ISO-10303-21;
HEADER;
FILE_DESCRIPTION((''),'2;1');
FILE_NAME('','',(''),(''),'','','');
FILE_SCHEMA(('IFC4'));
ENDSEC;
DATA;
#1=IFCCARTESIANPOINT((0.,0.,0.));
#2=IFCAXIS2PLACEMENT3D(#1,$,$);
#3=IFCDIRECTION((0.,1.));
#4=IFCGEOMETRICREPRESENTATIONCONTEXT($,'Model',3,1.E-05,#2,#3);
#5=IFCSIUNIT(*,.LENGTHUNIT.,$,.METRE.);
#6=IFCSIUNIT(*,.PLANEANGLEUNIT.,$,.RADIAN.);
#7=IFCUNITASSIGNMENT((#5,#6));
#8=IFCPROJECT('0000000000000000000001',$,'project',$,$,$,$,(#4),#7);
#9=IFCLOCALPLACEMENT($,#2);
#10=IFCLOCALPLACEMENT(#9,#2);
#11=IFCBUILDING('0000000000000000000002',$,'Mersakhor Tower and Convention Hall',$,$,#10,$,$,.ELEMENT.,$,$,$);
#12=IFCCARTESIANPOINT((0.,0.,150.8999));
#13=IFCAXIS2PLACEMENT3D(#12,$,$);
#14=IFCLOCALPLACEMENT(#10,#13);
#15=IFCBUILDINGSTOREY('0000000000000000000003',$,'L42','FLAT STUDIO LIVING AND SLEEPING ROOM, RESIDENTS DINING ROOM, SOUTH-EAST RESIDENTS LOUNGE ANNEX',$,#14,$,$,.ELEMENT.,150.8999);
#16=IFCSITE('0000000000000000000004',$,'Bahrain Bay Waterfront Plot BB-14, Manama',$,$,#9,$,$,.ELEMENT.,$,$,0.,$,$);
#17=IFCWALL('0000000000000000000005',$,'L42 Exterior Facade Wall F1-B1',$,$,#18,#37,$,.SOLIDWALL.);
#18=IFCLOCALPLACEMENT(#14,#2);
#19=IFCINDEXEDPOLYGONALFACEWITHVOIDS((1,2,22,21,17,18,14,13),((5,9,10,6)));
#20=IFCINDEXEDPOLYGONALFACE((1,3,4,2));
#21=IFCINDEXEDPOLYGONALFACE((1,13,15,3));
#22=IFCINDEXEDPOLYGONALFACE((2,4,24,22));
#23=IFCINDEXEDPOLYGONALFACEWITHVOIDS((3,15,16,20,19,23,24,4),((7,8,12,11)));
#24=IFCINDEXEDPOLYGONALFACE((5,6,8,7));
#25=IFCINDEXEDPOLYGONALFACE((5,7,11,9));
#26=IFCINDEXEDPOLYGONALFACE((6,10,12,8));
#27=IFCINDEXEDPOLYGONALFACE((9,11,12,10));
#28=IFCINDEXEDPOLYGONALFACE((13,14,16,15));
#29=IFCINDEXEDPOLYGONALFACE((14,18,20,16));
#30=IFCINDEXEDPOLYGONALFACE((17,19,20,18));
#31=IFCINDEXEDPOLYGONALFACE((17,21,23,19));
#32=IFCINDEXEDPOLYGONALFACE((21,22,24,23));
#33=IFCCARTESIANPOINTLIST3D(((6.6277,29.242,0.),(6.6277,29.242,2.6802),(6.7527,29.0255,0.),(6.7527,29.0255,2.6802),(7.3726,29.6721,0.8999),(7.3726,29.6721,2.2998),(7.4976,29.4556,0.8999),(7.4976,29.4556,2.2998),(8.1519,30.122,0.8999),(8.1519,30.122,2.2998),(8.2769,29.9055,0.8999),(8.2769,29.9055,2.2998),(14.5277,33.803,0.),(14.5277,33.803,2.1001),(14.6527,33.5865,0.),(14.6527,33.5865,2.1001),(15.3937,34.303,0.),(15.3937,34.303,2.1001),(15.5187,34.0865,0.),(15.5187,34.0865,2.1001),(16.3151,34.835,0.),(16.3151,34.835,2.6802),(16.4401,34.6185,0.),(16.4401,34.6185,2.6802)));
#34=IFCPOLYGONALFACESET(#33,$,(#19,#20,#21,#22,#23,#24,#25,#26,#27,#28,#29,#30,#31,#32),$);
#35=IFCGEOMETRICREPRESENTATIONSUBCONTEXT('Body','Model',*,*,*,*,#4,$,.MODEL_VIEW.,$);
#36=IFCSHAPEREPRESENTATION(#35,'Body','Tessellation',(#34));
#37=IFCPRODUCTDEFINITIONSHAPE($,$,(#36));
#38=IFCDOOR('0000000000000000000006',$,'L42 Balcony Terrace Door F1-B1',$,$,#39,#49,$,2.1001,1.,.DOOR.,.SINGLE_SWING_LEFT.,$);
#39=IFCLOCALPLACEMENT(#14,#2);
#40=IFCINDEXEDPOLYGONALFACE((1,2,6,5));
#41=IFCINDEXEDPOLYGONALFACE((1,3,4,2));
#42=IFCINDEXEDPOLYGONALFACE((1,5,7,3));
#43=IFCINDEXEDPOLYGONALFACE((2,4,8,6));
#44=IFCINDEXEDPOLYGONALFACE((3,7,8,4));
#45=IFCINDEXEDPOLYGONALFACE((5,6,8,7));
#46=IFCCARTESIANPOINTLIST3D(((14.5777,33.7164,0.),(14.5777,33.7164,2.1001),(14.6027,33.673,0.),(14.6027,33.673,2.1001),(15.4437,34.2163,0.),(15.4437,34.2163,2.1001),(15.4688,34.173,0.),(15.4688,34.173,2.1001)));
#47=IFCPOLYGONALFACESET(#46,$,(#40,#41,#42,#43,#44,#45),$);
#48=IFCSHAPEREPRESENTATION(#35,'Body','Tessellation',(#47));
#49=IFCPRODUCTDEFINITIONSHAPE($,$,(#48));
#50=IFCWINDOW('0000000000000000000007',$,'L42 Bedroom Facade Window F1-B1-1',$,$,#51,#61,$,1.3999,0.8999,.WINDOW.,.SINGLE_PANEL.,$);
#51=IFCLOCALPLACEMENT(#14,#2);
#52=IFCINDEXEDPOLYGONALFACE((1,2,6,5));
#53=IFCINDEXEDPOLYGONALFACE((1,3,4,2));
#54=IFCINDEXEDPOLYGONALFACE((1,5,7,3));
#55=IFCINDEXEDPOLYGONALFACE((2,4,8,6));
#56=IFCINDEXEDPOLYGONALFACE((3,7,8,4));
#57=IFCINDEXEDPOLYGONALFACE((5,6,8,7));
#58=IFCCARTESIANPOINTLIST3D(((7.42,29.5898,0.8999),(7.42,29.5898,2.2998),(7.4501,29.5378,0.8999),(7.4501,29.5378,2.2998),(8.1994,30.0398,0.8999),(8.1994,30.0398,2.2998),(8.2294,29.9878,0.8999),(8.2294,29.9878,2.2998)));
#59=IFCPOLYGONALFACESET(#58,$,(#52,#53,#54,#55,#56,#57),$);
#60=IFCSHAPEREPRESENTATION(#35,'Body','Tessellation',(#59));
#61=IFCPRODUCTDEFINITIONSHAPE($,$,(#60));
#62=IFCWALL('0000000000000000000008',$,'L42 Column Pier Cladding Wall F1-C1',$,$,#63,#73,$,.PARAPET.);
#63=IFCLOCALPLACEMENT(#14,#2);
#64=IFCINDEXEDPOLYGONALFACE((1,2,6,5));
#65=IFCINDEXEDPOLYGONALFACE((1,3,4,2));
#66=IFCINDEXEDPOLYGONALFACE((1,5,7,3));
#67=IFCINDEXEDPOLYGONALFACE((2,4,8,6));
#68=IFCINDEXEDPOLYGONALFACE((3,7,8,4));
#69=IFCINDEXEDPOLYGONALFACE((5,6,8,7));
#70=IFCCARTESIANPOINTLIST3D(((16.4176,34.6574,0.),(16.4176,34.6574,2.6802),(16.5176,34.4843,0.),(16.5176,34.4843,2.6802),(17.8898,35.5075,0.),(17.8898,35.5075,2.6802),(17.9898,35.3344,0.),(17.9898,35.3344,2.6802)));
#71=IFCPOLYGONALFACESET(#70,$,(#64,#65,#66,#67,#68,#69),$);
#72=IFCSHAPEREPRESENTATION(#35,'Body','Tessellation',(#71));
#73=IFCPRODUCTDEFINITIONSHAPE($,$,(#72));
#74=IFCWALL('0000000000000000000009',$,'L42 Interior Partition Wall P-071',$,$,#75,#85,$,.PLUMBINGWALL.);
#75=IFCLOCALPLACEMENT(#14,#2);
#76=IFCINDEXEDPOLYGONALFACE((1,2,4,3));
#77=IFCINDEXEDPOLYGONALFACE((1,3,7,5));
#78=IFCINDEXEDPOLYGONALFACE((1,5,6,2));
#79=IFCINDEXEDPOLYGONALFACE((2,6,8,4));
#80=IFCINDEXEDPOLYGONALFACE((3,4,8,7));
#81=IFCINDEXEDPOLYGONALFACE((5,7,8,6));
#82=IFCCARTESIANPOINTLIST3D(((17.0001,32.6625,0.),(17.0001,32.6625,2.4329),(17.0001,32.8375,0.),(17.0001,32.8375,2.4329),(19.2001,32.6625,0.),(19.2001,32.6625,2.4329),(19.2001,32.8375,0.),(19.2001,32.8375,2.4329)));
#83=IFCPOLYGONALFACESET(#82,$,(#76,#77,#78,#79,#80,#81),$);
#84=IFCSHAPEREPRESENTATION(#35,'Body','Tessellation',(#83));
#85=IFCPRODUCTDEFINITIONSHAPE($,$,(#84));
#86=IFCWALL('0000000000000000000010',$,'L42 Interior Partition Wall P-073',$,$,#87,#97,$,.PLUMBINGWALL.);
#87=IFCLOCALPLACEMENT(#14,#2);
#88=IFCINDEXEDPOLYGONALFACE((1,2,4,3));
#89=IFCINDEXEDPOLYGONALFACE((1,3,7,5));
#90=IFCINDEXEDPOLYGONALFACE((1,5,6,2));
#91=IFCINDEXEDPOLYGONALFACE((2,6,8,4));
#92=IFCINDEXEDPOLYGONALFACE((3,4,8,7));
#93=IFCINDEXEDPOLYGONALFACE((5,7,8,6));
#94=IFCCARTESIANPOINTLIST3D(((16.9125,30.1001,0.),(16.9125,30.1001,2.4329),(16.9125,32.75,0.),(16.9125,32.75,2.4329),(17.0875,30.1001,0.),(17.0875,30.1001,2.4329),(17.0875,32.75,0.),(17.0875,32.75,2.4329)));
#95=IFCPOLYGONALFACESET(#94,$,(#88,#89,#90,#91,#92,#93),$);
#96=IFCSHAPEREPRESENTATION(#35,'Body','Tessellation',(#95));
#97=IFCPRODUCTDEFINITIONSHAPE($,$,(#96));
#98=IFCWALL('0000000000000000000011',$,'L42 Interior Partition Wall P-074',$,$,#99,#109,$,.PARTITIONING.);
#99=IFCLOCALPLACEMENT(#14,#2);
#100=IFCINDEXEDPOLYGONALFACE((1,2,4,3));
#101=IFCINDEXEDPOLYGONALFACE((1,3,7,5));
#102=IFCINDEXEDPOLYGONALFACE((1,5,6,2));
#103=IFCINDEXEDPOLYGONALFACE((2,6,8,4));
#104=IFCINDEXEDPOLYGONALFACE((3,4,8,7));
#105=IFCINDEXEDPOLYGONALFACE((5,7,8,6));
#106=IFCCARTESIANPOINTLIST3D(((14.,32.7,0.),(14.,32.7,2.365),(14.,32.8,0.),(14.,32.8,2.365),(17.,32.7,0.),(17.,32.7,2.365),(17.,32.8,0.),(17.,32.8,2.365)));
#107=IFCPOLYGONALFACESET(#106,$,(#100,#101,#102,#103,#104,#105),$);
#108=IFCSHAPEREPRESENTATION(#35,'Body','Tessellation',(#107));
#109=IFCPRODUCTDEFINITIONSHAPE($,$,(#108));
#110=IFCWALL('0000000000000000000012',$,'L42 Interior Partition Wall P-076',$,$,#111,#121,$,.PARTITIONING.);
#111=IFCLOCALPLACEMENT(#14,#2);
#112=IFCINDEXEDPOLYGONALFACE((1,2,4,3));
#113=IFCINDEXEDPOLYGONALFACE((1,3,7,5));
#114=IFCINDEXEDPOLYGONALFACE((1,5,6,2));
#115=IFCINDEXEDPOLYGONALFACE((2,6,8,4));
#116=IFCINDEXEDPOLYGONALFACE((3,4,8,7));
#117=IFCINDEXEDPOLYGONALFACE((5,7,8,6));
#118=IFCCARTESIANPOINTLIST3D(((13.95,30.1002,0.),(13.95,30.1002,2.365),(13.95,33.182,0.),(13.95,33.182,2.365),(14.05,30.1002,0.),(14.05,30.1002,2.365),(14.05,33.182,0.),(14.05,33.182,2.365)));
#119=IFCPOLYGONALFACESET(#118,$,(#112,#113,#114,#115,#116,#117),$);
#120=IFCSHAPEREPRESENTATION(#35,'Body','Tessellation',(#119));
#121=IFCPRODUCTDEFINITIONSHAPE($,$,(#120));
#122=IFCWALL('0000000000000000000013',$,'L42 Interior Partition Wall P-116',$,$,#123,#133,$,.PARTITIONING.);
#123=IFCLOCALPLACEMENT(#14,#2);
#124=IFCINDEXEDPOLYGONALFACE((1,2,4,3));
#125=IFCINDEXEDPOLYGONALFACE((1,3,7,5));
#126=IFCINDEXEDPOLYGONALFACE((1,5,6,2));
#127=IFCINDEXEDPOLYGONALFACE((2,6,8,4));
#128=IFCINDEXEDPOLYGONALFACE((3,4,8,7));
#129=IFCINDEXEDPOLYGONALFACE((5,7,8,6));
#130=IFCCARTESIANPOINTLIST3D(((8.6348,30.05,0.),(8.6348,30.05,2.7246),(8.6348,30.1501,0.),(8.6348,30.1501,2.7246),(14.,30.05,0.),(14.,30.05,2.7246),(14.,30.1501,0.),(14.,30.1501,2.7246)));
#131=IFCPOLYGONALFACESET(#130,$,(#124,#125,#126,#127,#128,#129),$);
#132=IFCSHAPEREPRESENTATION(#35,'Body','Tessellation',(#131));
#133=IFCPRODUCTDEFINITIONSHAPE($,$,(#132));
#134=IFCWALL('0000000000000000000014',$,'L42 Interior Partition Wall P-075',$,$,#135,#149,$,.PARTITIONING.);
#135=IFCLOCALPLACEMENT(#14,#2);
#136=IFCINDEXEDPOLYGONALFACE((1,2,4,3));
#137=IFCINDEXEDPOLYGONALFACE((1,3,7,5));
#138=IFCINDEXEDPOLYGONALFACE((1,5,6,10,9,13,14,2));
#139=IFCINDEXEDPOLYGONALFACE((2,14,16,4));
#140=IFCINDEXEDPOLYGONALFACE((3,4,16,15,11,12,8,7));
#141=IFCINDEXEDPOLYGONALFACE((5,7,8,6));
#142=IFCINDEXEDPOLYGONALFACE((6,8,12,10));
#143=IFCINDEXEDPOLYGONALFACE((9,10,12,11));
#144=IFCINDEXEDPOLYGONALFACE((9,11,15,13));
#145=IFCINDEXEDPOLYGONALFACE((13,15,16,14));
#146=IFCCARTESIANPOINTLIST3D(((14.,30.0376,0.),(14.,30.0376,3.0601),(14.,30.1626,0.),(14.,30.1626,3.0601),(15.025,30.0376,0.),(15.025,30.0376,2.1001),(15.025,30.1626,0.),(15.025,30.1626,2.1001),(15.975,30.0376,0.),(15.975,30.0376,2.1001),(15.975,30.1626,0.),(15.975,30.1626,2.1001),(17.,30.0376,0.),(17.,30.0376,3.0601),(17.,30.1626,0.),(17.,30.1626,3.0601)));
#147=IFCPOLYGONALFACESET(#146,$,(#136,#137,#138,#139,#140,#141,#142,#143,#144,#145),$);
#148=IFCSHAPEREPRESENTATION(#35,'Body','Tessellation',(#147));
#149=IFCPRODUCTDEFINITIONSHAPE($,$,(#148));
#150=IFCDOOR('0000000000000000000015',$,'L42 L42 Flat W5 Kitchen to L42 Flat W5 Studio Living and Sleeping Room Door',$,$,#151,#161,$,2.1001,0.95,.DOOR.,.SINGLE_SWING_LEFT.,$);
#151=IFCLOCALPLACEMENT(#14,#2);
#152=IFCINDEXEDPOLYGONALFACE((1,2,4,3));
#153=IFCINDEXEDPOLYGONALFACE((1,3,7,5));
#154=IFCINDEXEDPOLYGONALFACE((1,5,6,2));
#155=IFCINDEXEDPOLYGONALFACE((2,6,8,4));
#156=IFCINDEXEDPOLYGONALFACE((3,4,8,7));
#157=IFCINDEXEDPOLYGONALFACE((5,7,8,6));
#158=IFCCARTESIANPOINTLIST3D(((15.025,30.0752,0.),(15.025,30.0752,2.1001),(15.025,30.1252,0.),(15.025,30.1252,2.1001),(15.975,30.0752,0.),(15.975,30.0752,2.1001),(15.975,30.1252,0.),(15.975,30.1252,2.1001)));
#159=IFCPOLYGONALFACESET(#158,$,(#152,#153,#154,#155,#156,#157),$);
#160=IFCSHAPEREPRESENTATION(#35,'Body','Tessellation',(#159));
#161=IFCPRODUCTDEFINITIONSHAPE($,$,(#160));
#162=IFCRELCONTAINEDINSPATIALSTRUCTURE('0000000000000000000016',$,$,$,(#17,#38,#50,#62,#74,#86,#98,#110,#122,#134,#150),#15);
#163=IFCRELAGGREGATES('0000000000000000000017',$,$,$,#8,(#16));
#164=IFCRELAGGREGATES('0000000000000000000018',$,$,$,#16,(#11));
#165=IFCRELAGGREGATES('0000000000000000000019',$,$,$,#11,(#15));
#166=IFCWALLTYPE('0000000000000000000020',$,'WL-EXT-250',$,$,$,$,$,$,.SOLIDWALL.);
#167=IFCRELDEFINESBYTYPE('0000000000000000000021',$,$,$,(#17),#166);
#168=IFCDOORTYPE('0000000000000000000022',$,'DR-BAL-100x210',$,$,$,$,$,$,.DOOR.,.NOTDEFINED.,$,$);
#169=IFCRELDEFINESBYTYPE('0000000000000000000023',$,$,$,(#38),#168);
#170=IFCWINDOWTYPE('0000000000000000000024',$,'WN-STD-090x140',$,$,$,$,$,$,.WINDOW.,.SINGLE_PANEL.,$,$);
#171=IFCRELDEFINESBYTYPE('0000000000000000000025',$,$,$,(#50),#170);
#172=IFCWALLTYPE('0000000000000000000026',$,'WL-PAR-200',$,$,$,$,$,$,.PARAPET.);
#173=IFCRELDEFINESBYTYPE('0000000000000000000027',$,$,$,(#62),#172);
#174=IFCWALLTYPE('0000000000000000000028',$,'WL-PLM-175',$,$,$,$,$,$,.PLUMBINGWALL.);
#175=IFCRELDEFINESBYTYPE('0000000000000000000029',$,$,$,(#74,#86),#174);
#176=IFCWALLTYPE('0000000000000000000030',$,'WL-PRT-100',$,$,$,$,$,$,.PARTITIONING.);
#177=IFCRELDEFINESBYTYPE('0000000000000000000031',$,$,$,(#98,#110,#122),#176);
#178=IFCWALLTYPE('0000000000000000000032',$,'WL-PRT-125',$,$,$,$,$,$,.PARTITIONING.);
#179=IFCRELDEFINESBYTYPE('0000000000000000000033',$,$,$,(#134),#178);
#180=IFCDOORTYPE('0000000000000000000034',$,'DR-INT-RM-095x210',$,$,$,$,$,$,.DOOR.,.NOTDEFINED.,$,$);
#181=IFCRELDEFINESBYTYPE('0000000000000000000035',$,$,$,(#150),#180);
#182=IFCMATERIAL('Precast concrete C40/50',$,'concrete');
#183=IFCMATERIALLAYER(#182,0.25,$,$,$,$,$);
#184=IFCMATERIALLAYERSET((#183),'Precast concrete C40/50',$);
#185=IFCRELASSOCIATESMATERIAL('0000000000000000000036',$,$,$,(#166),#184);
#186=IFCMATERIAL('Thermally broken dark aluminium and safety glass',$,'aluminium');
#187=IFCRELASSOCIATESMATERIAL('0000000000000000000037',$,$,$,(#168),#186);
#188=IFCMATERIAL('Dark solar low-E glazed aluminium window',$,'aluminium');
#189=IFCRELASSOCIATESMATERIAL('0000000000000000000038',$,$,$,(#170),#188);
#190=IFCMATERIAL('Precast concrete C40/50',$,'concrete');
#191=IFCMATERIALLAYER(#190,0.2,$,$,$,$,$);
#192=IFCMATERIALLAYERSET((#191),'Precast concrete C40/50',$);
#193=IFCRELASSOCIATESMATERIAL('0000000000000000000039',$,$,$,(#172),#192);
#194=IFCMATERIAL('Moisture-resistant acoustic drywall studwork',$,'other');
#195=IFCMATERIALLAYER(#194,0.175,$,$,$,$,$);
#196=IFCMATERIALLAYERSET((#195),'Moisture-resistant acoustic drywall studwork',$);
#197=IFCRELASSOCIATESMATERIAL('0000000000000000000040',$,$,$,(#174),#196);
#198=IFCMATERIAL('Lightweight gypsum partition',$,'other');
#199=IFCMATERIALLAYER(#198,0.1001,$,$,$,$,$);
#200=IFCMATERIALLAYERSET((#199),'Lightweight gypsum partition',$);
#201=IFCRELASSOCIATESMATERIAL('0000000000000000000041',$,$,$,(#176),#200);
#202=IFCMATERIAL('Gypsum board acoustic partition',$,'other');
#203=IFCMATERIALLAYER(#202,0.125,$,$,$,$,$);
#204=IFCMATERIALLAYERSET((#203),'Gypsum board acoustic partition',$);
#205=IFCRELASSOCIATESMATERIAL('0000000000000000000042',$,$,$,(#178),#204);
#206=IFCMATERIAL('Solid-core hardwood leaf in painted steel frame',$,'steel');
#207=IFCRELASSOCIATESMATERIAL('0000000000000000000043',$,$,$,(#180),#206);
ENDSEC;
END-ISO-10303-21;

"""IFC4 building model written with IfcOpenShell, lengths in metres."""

from ifc_helpers import new_model, si_unit, direction, frame, frame_2d, origin, place, context, subcontext, project, spatial, rectangle, extrude, material, layer, layer_set, type_object, element, fill, save


model = new_model("IFC4")

# Units and contexts
model_context = context("Model", 3, precision=1e-05, world=origin(), true_north=direction((0.0, 1.0)))
body_context = subcontext(model_context, "Body", "Model", "MODEL_VIEW")
ifc_project = project(units=[si_unit("LENGTHUNIT", "METRE"), si_unit("PLANEANGLEUNIT", "RADIAN")], contexts=[model_context])

# Site, building, storey
site_placement = place(None, origin())
site = spatial("IfcSite", under=ifc_project, at=site_placement, Name="Bahrain Bay Waterfront Plot BB-14, Manama", CompositionType="ELEMENT", RefElevation=0.0)
building_placement = place(site_placement, origin())
building = spatial("IfcBuilding", under=site, at=building_placement, Name="Mersakhor Tower and Convention Hall", CompositionType="ELEMENT")
storey_placement = place(building_placement, frame((0.0, 0.0, 150.8999)))
storey = spatial("IfcBuildingStorey", under=building, at=storey_placement, Name="L42", Description="FLAT STUDIO LIVING AND SLEEPING ROOM, RESIDENTS DINING ROOM, SOUTH-EAST RESIDENTS LOUNGE ANNEX", CompositionType="ELEMENT", Elevation=150.8999)

# Wall, openings, door, window
ifc_material_1 = material(Name="Precast concrete C40/50", Category="concrete")
ifc_layer_1 = layer(ifc_material_1, 0.25)
ifc_layer_set_1 = layer_set([ifc_layer_1], Name="Precast concrete C40/50")
wall_type_1 = type_object("IfcWallType", Name="WL-EXT-250", PredefinedType="SOLIDWALL", material=ifc_layer_set_1)
wall_1_placement = place(storey_placement, frame((6.6902, 29.1338, 0.0), z_axis=(0.0, 0.0, 1.0), x_axis=(0.866028, 0.499996, 0.0)))
wall_1 = element("IfcWall", 1, at=wall_1_placement, inside=storey, type_object=wall_type_1, Name="L42 Exterior Facade Wall F1-B1", PredefinedType="SOLIDWALL", context=body_context, shape_type="SweptSolid", body=[
    extrude(rectangle(XDim=11.186, YDim=0.25, at=frame_2d((5.593, 0.0))), origin(), (0.0, 0.0, 1.0), 2.6802),
])
opening_1_placement = place(wall_1_placement, frame((9.1221, 0.0, 0.0)))
opening_1 = element("IfcOpeningElement", 2, at=opening_1_placement, cuts=wall_1, PredefinedType="OPENING", context=body_context, shape_type="SweptSolid", body=[
    extrude(rectangle(XDim=1.0, YDim=2.1001, at=frame_2d((0.5, 1.05))), frame((0.0, 0.135, 0.0), z_axis=(0.0, -1.0, 0.0), x_axis=(1.0, 0.0, 0.0)), (0.0, 0.0, 1.0), 0.27),
])
opening_2_placement = place(wall_1_placement, frame((0.8601, 0.0, 0.8999)))
opening_2 = element("IfcOpeningElement", 3, at=opening_2_placement, cuts=wall_1, PredefinedType="OPENING", context=body_context, shape_type="SweptSolid", body=[
    extrude(rectangle(XDim=0.8999, YDim=1.3999, at=frame_2d((0.45, 0.7))), frame((0.0, 0.135, 0.0), z_axis=(0.0, -1.0, 0.0), x_axis=(1.0, 0.0, 0.0)), (0.0, 0.0, 1.0), 0.27),
])
ifc_material_2 = material(Name="Thermally broken dark aluminium and safety glass", Category="aluminium")
door_type_1 = type_object("IfcDoorType", Name="DR-BAL-100x210", OperationType="NOTDEFINED", PredefinedType="DOOR", material=ifc_material_2)
door_1_placement = place(opening_1_placement, origin())
door_1 = element("IfcDoor", 4, at=door_1_placement, inside=storey, type_object=door_type_1, Name="L42 Balcony Terrace Door F1-B1", OperationType="SINGLE_SWING_LEFT", OverallHeight=2.1001, OverallWidth=1.0, PredefinedType="DOOR", context=body_context, shape_type="SweptSolid", body=[
    extrude(rectangle(XDim=1.0, YDim=2.1001, at=frame_2d((0.5, 1.05))), frame((0.0, 0.0249, 0.0), z_axis=(0.0, -1.0, 0.0), x_axis=(1.0, 0.0, 0.0)), (0.0, 0.0, 1.0), 0.05),
])
fill(opening_1, door_1)
ifc_material_3 = material(Name="Dark solar low-E glazed aluminium window", Category="aluminium")
window_type = type_object("IfcWindowType", Name="WN-STD-090x140", PartitioningType="SINGLE_PANEL", PredefinedType="WINDOW", material=ifc_material_3)
window_placement = place(opening_2_placement, origin())
window = element("IfcWindow", 5, at=window_placement, inside=storey, type_object=window_type, Name="L42 Bedroom Facade Window F1-B1-1", OverallHeight=1.3999, OverallWidth=0.8999, PartitioningType="SINGLE_PANEL", PredefinedType="WINDOW", context=body_context, shape_type="SweptSolid", body=[
    extrude(rectangle(XDim=0.8999, YDim=1.3999, at=frame_2d((0.45, 0.7))), frame((0.0, 0.03, 0.0), z_axis=(0.0, -1.0, 0.0), x_axis=(1.0, 0.0, 0.0)), (0.0, 0.0, 1.0), 0.0601),
])
fill(opening_2, window)

# Walls
ifc_material_4 = material(Name="Precast concrete C40/50", Category="concrete")
ifc_layer_2 = layer(ifc_material_4, 0.2)
ifc_layer_set_2 = layer_set([ifc_layer_2], Name="Precast concrete C40/50")
wall_type_2 = type_object("IfcWallType", Name="WL-PAR-200", PredefinedType="PARAPET", material=ifc_layer_set_2)
wall_2_placement = place(storey_placement, frame((16.4675, 34.5708, 0.0), z_axis=(0.0, 0.0, 1.0), x_axis=(0.865989, 0.500062, 0.0)))
element("IfcWall", 6, at=wall_2_placement, inside=storey, type_object=wall_type_2, Name="L42 Column Pier Cladding Wall F1-C1", PredefinedType="PARAPET", context=body_context, shape_type="SweptSolid", body=[
    extrude(rectangle(XDim=1.7, YDim=0.2, at=frame_2d((0.8501, 0.0))), origin(), (0.0, 0.0, 1.0), 2.6802),
])
ifc_material_5 = material(Name="Moisture-resistant acoustic drywall studwork", Category="other")
ifc_layer_3 = layer(ifc_material_5, 0.175)
ifc_layer_set_3 = layer_set([ifc_layer_3], Name="Moisture-resistant acoustic drywall studwork")
wall_type_3 = type_object("IfcWallType", Name="WL-PLM-175", PredefinedType="PLUMBINGWALL", material=ifc_layer_set_3)
wall_3_placement = place(storey_placement, frame((17.0, 32.75, 0.0), z_axis=(0.0, 0.0, 1.0), x_axis=(1.0, 0.0, 0.0)))
element("IfcWall", 7, at=wall_3_placement, inside=storey, type_object=wall_type_3, Name="L42 Interior Partition Wall P-071", PredefinedType="PLUMBINGWALL", context=body_context, shape_type="SweptSolid", body=[
    extrude(rectangle(XDim=2.2, YDim=0.175, at=frame_2d((1.1001, 0.0))), origin(), (0.0, 0.0, 1.0), 2.4329),
])
wall_4_placement = place(storey_placement, frame((17.0, 30.1001, 0.0), z_axis=(0.0, 0.0, 1.0), x_axis=(0.0, 1.0, 0.0)))
element("IfcWall", 8, at=wall_4_placement, inside=storey, type_object=wall_type_3, Name="L42 Interior Partition Wall P-073", PredefinedType="PLUMBINGWALL", context=body_context, shape_type="SweptSolid", body=[
    extrude(rectangle(XDim=2.6499, YDim=0.175, at=frame_2d((1.325, 0.0))), origin(), (0.0, 0.0, 1.0), 2.4329),
])
ifc_material_6 = material(Name="Lightweight gypsum partition", Category="other")
ifc_layer_4 = layer(ifc_material_6, 0.1001)
ifc_layer_set_4 = layer_set([ifc_layer_4], Name="Lightweight gypsum partition")
wall_type_4 = type_object("IfcWallType", Name="WL-PRT-100", PredefinedType="PARTITIONING", material=ifc_layer_set_4)
wall_5_placement = place(storey_placement, frame((14.0, 32.75, 0.0), z_axis=(0.0, 0.0, 1.0), x_axis=(1.0, 0.0, 0.0)))
element("IfcWall", 9, at=wall_5_placement, inside=storey, type_object=wall_type_4, Name="L42 Interior Partition Wall P-074", PredefinedType="PARTITIONING", context=body_context, shape_type="SweptSolid", body=[
    extrude(rectangle(XDim=3.0, YDim=0.1001, at=frame_2d((1.5, 0.0))), origin(), (0.0, 0.0, 1.0), 2.365),
])
wall_6_placement = place(storey_placement, frame((14.0, 30.1001, 0.0), z_axis=(0.0, 0.0, 1.0), x_axis=(0.0, 1.0, 0.0)))
element("IfcWall", 10, at=wall_6_placement, inside=storey, type_object=wall_type_4, Name="L42 Interior Partition Wall P-076", PredefinedType="PARTITIONING", context=body_context, shape_type="SweptSolid", body=[
    extrude(rectangle(XDim=3.0818, YDim=0.1001, at=frame_2d((1.541, 0.0))), origin(), (0.0, 0.0, 1.0), 2.365),
])
wall_7_placement = place(storey_placement, frame((8.6348, 30.1001, 0.0), z_axis=(0.0, 0.0, 1.0), x_axis=(1.0, 0.0, 0.0)))
element("IfcWall", 11, at=wall_7_placement, inside=storey, type_object=wall_type_4, Name="L42 Interior Partition Wall P-116", PredefinedType="PARTITIONING", context=body_context, shape_type="SweptSolid", body=[
    extrude(rectangle(XDim=5.3652, YDim=0.1001, at=frame_2d((2.6826, 0.0))), origin(), (0.0, 0.0, 1.0), 2.7246),
])

# Wall, opening, door
ifc_material_7 = material(Name="Gypsum board acoustic partition", Category="other")
ifc_layer_5 = layer(ifc_material_7, 0.125)
ifc_layer_set_5 = layer_set([ifc_layer_5], Name="Gypsum board acoustic partition")
wall_type_5 = type_object("IfcWallType", Name="WL-PRT-125", PredefinedType="PARTITIONING", material=ifc_layer_set_5)
wall_8_placement = place(storey_placement, frame((17.0, 30.1001, 0.0), z_axis=(0.0, 0.0, 1.0), x_axis=(-1.0, 0.0, 0.0)))
wall_8 = element("IfcWall", 12, at=wall_8_placement, inside=storey, type_object=wall_type_5, Name="L42 Interior Partition Wall P-075", PredefinedType="PARTITIONING", context=body_context, shape_type="SweptSolid", body=[
    extrude(rectangle(XDim=3.0, YDim=0.125, at=frame_2d((1.5, 0.0))), origin(), (0.0, 0.0, 1.0), 3.0601),
])
opening_3_placement = place(wall_8_placement, frame((1.0249, 0.0, 0.0)))
opening_3 = element("IfcOpeningElement", 13, at=opening_3_placement, cuts=wall_8, PredefinedType="OPENING", context=body_context, shape_type="SweptSolid", body=[
    extrude(rectangle(XDim=0.95, YDim=2.1001, at=frame_2d((0.4751, 1.05))), frame((0.0, 0.0725, 0.0), z_axis=(0.0, -1.0, 0.0), x_axis=(1.0, 0.0, 0.0)), (0.0, 0.0, 1.0), 0.145),
])
ifc_material_8 = material(Name="Solid-core hardwood leaf in painted steel frame", Category="steel")
door_type_2 = type_object("IfcDoorType", Name="DR-INT-RM-095x210", OperationType="NOTDEFINED", PredefinedType="DOOR", material=ifc_material_8)
door_2_placement = place(opening_3_placement, origin())
door_2 = element("IfcDoor", 14, at=door_2_placement, inside=storey, type_object=door_type_2, Name="L42 L42 Flat W5 Kitchen to L42 Flat W5 Studio Living and Sleeping Room Door", OperationType="SINGLE_SWING_LEFT", OverallHeight=2.1001, OverallWidth=0.95, PredefinedType="DOOR", context=body_context, shape_type="SweptSolid", body=[
    extrude(rectangle(XDim=0.95, YDim=2.1001, at=frame_2d((0.4751, 1.05))), frame((0.0, 0.0249, 0.0), z_axis=(0.0, -1.0, 0.0), x_axis=(1.0, 0.0, 0.0)), (0.0, 0.0, 1.0), 0.05),
])
fill(opening_3, door_2)

save(model, "model.ifc")
